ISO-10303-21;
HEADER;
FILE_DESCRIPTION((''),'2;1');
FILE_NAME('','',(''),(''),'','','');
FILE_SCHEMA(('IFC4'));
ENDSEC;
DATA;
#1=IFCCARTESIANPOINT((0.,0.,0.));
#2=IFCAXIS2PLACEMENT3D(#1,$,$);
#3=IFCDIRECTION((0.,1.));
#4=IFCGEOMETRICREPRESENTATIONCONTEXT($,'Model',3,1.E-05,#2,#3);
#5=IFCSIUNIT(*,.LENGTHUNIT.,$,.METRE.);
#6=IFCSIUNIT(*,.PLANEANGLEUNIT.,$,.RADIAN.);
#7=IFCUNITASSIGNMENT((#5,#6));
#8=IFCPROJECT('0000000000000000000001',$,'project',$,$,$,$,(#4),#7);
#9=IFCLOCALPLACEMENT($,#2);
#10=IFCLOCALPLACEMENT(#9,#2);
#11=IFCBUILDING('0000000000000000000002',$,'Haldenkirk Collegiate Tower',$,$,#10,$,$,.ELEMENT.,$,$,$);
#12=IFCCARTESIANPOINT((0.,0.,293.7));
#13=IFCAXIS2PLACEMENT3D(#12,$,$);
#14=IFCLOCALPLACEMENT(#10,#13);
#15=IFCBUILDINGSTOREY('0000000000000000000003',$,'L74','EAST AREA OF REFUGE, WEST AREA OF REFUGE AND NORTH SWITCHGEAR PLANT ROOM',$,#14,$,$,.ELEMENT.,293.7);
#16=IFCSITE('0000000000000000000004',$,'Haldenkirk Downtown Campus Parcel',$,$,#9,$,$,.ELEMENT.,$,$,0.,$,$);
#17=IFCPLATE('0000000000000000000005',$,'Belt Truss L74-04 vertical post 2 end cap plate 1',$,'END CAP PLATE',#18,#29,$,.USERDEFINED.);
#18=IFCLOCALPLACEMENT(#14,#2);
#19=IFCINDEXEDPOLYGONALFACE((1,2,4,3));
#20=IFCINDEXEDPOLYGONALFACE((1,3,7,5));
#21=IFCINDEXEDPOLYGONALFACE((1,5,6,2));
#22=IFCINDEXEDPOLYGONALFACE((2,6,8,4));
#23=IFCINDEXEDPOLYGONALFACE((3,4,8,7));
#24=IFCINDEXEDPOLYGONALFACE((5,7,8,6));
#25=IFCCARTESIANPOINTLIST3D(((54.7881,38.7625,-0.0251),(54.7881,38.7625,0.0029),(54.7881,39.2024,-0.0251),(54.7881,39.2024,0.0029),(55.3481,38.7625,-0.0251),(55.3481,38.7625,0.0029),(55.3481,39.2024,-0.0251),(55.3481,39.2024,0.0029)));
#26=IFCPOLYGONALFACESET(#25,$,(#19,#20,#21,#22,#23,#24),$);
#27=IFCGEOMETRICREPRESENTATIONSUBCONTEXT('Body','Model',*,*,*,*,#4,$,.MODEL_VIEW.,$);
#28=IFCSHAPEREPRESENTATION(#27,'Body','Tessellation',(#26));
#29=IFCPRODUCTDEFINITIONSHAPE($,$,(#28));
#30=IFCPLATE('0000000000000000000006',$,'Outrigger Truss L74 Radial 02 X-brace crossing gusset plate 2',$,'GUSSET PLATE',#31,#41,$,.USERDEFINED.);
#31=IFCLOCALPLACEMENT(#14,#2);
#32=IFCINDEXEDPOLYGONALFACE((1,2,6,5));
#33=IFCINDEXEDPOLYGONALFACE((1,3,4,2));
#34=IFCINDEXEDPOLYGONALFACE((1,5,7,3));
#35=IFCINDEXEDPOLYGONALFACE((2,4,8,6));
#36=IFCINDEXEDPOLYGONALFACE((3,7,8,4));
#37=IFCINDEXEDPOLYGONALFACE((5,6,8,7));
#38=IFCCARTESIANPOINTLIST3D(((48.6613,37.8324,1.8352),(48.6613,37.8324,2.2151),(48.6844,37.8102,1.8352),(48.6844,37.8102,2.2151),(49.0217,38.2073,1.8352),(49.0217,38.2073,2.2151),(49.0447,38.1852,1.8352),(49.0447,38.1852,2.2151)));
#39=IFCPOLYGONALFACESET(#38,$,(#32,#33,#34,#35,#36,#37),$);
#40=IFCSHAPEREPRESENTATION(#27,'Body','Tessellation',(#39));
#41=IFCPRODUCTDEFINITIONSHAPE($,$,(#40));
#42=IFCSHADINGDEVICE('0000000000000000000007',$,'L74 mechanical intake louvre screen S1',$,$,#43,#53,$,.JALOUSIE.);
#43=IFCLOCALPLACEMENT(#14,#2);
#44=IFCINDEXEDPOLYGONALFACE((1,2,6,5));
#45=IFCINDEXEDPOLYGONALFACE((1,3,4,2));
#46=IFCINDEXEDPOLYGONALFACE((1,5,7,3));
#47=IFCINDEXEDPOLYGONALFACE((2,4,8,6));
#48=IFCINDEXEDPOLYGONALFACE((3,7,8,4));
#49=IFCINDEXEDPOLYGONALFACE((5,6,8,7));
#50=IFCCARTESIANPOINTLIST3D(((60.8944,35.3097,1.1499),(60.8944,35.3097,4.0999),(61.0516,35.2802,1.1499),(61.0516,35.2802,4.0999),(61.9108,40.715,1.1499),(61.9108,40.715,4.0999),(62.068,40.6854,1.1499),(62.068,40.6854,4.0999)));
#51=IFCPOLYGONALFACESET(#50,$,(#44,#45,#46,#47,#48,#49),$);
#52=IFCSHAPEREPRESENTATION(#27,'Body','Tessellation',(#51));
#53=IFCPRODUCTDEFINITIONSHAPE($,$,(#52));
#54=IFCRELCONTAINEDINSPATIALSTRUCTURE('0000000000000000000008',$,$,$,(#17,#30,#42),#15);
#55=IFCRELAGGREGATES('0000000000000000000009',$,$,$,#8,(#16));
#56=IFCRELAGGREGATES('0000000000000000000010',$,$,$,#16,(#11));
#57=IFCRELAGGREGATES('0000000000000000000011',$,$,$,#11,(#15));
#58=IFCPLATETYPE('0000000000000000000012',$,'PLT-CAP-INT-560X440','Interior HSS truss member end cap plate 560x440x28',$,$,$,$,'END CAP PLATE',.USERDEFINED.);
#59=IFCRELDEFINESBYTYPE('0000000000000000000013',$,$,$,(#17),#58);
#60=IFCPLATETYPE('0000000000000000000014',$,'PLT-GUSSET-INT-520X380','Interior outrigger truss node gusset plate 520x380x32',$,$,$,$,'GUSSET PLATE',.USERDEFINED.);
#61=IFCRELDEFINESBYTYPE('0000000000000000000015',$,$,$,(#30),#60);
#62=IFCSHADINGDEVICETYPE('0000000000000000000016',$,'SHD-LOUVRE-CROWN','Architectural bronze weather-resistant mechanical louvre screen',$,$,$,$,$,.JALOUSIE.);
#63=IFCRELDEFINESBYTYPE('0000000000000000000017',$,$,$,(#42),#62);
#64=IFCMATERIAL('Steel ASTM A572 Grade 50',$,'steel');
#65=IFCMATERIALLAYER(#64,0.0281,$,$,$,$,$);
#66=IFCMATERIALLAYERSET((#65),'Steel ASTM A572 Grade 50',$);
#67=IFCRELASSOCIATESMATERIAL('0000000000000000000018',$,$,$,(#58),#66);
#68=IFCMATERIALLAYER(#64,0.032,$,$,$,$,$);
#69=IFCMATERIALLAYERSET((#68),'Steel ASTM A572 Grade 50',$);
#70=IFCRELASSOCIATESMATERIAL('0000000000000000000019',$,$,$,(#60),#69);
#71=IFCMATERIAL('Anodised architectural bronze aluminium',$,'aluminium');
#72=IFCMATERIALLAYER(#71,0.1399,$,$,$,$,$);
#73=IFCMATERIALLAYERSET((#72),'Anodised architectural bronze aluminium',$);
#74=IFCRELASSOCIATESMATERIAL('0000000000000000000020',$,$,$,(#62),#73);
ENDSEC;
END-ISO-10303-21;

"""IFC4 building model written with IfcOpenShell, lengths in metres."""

from ifc_helpers import new_model, si_unit, direction, frame, origin, origin_2d, place, context, subcontext, project, spatial, rectangle, extrude, source, transform, mapped, material, layer, layer_set, type_object, element, save


model = new_model("IFC4")

# Units and contexts
model_context = context("Model", 3, precision=1e-05, world=origin(), true_north=direction((0.0, 1.0)))
body_context = subcontext(model_context, "Body", "Model", "MODEL_VIEW")
ifc_project = project(units=[si_unit("LENGTHUNIT", "METRE"), si_unit("PLANEANGLEUNIT", "RADIAN")], contexts=[model_context])

# Site, building, storey
site_placement = place(None, origin())
site = spatial("IfcSite", under=ifc_project, at=site_placement, Name="Haldenkirk Downtown Campus Parcel", CompositionType="ELEMENT", RefElevation=0.0)
building_placement = place(site_placement, origin())
building = spatial("IfcBuilding", under=site, at=building_placement, Name="Haldenkirk Collegiate Tower", CompositionType="ELEMENT")
storey_placement = place(building_placement, frame((0.0, 0.0, 293.7)))
storey = spatial("IfcBuildingStorey", under=building, at=storey_placement, Name="L74", Description="EAST AREA OF REFUGE, WEST AREA OF REFUGE AND NORTH SWITCHGEAR PLANT ROOM", CompositionType="ELEMENT", Elevation=293.7)

# Shared definitions
ifc_material_1 = material(Name="Steel ASTM A572 Grade 50", Category="steel")

# Plates
ifc_layer_1 = layer(ifc_material_1, 0.0281)
ifc_layer_set_1 = layer_set([ifc_layer_1], Name="Steel ASTM A572 Grade 50")
plate_type_1 = type_object("IfcPlateType", Name="PLT-CAP-INT-560X440", Description="Interior HSS truss member end cap plate 560x440x28", ElementType="END CAP PLATE", PredefinedType="USERDEFINED", material=ifc_layer_set_1)
shared_shape_1 = source(origin(), body_context, "Body", "SweptSolid", [
    extrude(rectangle(XDim=0.5601, YDim=0.4399, at=origin_2d()), origin(), (0.0, 0.0, 1.0), 0.0281),
])
for number, where, z_axis, x_axis, name in (
    (1, (55.0681, 38.9824, 0.0029), (0.0, 0.0, -1.0), (1.0, 0.0, 0.0), "Belt Truss L74-04 vertical post 2 end cap plate 1"),
):
    element("IfcPlate", number, at=place(storey_placement, frame(where, z_axis=z_axis, x_axis=x_axis)), inside=storey, type_object=plate_type_1, Name=name, ObjectType="END CAP PLATE", PredefinedType="USERDEFINED", context=body_context, shape_type="MappedRepresentation", body=[
        mapped(shared_shape_1, transform((0.0, 0.0, 0.0), x_axis=(1.0, 0.0, 0.0), y_axis=(0.0, 1.0, 0.0), z_axis=(0.0, 0.0, 1.0), scale=1.0)),
    ])
ifc_layer_2 = layer(ifc_material_1, 0.032)
ifc_layer_set_2 = layer_set([ifc_layer_2], Name="Steel ASTM A572 Grade 50")
plate_type_2 = type_object("IfcPlateType", Name="PLT-GUSSET-INT-520X380", Description="Interior outrigger truss node gusset plate 520x380x32", ElementType="GUSSET PLATE", PredefinedType="USERDEFINED", material=ifc_layer_set_2)
shared_shape_2 = source(origin(), body_context, "Body", "SweptSolid", [
    extrude(rectangle(XDim=0.52, YDim=0.032, at=origin_2d()), origin(), (0.0, 0.0, 1.0), 0.3799),
])
plate_placement = place(storey_placement, frame((48.853, 38.0088, 1.8352), z_axis=(0.0, 0.0, 1.0), x_axis=(0.692946, 0.720989, 0.0)))
element("IfcPlate", 2, at=plate_placement, inside=storey, type_object=plate_type_2, Name="Outrigger Truss L74 Radial 02 X-brace crossing gusset plate 2", ObjectType="GUSSET PLATE", PredefinedType="USERDEFINED", context=body_context, shape_type="MappedRepresentation", body=[
    mapped(shared_shape_2, transform((0.0, 0.0, 0.0), x_axis=(1.0, 0.0, 0.0), y_axis=(0.0, 1.0, 0.0), z_axis=(0.0, 0.0, 1.0), scale=1.0)),
])

# Shading device
ifc_material_2 = material(Name="Anodised architectural bronze aluminium", Category="aluminium")
ifc_layer_3 = layer(ifc_material_2, 0.1399)
ifc_layer_set_3 = layer_set([ifc_layer_3], Name="Anodised architectural bronze aluminium")
shading_device_type = type_object("IfcShadingDeviceType", Name="SHD-LOUVRE-CROWN", Description="Architectural bronze weather-resistant mechanical louvre screen", PredefinedType="JALOUSIE", material=ifc_layer_set_3)
shared_shape_3 = source(origin(), body_context, "Body", "SweptSolid", [
    extrude(rectangle(XDim=5.5, YDim=0.1599, at=origin_2d()), origin(), (0.0, 0.0, 1.0), 2.95),
])
shading_device_placement = place(storey_placement, frame((61.4812, 37.9976, 1.1499), z_axis=(0.0, 0.0, 1.0), x_axis=(-0.184809, -0.982774, 0.0)))
element("IfcShadingDevice", 3, at=shading_device_placement, inside=storey, type_object=shading_device_type, Name="L74 mechanical intake louvre screen S1", PredefinedType="JALOUSIE", context=body_context, shape_type="MappedRepresentation", body=[
    mapped(shared_shape_3, transform((0.0, 0.0, 0.0), x_axis=(1.0, 0.0, 0.0), y_axis=(0.0, 1.0, 0.0), z_axis=(0.0, 0.0, 1.0), scale=1.0)),
])

save(model, "model.ifc")
